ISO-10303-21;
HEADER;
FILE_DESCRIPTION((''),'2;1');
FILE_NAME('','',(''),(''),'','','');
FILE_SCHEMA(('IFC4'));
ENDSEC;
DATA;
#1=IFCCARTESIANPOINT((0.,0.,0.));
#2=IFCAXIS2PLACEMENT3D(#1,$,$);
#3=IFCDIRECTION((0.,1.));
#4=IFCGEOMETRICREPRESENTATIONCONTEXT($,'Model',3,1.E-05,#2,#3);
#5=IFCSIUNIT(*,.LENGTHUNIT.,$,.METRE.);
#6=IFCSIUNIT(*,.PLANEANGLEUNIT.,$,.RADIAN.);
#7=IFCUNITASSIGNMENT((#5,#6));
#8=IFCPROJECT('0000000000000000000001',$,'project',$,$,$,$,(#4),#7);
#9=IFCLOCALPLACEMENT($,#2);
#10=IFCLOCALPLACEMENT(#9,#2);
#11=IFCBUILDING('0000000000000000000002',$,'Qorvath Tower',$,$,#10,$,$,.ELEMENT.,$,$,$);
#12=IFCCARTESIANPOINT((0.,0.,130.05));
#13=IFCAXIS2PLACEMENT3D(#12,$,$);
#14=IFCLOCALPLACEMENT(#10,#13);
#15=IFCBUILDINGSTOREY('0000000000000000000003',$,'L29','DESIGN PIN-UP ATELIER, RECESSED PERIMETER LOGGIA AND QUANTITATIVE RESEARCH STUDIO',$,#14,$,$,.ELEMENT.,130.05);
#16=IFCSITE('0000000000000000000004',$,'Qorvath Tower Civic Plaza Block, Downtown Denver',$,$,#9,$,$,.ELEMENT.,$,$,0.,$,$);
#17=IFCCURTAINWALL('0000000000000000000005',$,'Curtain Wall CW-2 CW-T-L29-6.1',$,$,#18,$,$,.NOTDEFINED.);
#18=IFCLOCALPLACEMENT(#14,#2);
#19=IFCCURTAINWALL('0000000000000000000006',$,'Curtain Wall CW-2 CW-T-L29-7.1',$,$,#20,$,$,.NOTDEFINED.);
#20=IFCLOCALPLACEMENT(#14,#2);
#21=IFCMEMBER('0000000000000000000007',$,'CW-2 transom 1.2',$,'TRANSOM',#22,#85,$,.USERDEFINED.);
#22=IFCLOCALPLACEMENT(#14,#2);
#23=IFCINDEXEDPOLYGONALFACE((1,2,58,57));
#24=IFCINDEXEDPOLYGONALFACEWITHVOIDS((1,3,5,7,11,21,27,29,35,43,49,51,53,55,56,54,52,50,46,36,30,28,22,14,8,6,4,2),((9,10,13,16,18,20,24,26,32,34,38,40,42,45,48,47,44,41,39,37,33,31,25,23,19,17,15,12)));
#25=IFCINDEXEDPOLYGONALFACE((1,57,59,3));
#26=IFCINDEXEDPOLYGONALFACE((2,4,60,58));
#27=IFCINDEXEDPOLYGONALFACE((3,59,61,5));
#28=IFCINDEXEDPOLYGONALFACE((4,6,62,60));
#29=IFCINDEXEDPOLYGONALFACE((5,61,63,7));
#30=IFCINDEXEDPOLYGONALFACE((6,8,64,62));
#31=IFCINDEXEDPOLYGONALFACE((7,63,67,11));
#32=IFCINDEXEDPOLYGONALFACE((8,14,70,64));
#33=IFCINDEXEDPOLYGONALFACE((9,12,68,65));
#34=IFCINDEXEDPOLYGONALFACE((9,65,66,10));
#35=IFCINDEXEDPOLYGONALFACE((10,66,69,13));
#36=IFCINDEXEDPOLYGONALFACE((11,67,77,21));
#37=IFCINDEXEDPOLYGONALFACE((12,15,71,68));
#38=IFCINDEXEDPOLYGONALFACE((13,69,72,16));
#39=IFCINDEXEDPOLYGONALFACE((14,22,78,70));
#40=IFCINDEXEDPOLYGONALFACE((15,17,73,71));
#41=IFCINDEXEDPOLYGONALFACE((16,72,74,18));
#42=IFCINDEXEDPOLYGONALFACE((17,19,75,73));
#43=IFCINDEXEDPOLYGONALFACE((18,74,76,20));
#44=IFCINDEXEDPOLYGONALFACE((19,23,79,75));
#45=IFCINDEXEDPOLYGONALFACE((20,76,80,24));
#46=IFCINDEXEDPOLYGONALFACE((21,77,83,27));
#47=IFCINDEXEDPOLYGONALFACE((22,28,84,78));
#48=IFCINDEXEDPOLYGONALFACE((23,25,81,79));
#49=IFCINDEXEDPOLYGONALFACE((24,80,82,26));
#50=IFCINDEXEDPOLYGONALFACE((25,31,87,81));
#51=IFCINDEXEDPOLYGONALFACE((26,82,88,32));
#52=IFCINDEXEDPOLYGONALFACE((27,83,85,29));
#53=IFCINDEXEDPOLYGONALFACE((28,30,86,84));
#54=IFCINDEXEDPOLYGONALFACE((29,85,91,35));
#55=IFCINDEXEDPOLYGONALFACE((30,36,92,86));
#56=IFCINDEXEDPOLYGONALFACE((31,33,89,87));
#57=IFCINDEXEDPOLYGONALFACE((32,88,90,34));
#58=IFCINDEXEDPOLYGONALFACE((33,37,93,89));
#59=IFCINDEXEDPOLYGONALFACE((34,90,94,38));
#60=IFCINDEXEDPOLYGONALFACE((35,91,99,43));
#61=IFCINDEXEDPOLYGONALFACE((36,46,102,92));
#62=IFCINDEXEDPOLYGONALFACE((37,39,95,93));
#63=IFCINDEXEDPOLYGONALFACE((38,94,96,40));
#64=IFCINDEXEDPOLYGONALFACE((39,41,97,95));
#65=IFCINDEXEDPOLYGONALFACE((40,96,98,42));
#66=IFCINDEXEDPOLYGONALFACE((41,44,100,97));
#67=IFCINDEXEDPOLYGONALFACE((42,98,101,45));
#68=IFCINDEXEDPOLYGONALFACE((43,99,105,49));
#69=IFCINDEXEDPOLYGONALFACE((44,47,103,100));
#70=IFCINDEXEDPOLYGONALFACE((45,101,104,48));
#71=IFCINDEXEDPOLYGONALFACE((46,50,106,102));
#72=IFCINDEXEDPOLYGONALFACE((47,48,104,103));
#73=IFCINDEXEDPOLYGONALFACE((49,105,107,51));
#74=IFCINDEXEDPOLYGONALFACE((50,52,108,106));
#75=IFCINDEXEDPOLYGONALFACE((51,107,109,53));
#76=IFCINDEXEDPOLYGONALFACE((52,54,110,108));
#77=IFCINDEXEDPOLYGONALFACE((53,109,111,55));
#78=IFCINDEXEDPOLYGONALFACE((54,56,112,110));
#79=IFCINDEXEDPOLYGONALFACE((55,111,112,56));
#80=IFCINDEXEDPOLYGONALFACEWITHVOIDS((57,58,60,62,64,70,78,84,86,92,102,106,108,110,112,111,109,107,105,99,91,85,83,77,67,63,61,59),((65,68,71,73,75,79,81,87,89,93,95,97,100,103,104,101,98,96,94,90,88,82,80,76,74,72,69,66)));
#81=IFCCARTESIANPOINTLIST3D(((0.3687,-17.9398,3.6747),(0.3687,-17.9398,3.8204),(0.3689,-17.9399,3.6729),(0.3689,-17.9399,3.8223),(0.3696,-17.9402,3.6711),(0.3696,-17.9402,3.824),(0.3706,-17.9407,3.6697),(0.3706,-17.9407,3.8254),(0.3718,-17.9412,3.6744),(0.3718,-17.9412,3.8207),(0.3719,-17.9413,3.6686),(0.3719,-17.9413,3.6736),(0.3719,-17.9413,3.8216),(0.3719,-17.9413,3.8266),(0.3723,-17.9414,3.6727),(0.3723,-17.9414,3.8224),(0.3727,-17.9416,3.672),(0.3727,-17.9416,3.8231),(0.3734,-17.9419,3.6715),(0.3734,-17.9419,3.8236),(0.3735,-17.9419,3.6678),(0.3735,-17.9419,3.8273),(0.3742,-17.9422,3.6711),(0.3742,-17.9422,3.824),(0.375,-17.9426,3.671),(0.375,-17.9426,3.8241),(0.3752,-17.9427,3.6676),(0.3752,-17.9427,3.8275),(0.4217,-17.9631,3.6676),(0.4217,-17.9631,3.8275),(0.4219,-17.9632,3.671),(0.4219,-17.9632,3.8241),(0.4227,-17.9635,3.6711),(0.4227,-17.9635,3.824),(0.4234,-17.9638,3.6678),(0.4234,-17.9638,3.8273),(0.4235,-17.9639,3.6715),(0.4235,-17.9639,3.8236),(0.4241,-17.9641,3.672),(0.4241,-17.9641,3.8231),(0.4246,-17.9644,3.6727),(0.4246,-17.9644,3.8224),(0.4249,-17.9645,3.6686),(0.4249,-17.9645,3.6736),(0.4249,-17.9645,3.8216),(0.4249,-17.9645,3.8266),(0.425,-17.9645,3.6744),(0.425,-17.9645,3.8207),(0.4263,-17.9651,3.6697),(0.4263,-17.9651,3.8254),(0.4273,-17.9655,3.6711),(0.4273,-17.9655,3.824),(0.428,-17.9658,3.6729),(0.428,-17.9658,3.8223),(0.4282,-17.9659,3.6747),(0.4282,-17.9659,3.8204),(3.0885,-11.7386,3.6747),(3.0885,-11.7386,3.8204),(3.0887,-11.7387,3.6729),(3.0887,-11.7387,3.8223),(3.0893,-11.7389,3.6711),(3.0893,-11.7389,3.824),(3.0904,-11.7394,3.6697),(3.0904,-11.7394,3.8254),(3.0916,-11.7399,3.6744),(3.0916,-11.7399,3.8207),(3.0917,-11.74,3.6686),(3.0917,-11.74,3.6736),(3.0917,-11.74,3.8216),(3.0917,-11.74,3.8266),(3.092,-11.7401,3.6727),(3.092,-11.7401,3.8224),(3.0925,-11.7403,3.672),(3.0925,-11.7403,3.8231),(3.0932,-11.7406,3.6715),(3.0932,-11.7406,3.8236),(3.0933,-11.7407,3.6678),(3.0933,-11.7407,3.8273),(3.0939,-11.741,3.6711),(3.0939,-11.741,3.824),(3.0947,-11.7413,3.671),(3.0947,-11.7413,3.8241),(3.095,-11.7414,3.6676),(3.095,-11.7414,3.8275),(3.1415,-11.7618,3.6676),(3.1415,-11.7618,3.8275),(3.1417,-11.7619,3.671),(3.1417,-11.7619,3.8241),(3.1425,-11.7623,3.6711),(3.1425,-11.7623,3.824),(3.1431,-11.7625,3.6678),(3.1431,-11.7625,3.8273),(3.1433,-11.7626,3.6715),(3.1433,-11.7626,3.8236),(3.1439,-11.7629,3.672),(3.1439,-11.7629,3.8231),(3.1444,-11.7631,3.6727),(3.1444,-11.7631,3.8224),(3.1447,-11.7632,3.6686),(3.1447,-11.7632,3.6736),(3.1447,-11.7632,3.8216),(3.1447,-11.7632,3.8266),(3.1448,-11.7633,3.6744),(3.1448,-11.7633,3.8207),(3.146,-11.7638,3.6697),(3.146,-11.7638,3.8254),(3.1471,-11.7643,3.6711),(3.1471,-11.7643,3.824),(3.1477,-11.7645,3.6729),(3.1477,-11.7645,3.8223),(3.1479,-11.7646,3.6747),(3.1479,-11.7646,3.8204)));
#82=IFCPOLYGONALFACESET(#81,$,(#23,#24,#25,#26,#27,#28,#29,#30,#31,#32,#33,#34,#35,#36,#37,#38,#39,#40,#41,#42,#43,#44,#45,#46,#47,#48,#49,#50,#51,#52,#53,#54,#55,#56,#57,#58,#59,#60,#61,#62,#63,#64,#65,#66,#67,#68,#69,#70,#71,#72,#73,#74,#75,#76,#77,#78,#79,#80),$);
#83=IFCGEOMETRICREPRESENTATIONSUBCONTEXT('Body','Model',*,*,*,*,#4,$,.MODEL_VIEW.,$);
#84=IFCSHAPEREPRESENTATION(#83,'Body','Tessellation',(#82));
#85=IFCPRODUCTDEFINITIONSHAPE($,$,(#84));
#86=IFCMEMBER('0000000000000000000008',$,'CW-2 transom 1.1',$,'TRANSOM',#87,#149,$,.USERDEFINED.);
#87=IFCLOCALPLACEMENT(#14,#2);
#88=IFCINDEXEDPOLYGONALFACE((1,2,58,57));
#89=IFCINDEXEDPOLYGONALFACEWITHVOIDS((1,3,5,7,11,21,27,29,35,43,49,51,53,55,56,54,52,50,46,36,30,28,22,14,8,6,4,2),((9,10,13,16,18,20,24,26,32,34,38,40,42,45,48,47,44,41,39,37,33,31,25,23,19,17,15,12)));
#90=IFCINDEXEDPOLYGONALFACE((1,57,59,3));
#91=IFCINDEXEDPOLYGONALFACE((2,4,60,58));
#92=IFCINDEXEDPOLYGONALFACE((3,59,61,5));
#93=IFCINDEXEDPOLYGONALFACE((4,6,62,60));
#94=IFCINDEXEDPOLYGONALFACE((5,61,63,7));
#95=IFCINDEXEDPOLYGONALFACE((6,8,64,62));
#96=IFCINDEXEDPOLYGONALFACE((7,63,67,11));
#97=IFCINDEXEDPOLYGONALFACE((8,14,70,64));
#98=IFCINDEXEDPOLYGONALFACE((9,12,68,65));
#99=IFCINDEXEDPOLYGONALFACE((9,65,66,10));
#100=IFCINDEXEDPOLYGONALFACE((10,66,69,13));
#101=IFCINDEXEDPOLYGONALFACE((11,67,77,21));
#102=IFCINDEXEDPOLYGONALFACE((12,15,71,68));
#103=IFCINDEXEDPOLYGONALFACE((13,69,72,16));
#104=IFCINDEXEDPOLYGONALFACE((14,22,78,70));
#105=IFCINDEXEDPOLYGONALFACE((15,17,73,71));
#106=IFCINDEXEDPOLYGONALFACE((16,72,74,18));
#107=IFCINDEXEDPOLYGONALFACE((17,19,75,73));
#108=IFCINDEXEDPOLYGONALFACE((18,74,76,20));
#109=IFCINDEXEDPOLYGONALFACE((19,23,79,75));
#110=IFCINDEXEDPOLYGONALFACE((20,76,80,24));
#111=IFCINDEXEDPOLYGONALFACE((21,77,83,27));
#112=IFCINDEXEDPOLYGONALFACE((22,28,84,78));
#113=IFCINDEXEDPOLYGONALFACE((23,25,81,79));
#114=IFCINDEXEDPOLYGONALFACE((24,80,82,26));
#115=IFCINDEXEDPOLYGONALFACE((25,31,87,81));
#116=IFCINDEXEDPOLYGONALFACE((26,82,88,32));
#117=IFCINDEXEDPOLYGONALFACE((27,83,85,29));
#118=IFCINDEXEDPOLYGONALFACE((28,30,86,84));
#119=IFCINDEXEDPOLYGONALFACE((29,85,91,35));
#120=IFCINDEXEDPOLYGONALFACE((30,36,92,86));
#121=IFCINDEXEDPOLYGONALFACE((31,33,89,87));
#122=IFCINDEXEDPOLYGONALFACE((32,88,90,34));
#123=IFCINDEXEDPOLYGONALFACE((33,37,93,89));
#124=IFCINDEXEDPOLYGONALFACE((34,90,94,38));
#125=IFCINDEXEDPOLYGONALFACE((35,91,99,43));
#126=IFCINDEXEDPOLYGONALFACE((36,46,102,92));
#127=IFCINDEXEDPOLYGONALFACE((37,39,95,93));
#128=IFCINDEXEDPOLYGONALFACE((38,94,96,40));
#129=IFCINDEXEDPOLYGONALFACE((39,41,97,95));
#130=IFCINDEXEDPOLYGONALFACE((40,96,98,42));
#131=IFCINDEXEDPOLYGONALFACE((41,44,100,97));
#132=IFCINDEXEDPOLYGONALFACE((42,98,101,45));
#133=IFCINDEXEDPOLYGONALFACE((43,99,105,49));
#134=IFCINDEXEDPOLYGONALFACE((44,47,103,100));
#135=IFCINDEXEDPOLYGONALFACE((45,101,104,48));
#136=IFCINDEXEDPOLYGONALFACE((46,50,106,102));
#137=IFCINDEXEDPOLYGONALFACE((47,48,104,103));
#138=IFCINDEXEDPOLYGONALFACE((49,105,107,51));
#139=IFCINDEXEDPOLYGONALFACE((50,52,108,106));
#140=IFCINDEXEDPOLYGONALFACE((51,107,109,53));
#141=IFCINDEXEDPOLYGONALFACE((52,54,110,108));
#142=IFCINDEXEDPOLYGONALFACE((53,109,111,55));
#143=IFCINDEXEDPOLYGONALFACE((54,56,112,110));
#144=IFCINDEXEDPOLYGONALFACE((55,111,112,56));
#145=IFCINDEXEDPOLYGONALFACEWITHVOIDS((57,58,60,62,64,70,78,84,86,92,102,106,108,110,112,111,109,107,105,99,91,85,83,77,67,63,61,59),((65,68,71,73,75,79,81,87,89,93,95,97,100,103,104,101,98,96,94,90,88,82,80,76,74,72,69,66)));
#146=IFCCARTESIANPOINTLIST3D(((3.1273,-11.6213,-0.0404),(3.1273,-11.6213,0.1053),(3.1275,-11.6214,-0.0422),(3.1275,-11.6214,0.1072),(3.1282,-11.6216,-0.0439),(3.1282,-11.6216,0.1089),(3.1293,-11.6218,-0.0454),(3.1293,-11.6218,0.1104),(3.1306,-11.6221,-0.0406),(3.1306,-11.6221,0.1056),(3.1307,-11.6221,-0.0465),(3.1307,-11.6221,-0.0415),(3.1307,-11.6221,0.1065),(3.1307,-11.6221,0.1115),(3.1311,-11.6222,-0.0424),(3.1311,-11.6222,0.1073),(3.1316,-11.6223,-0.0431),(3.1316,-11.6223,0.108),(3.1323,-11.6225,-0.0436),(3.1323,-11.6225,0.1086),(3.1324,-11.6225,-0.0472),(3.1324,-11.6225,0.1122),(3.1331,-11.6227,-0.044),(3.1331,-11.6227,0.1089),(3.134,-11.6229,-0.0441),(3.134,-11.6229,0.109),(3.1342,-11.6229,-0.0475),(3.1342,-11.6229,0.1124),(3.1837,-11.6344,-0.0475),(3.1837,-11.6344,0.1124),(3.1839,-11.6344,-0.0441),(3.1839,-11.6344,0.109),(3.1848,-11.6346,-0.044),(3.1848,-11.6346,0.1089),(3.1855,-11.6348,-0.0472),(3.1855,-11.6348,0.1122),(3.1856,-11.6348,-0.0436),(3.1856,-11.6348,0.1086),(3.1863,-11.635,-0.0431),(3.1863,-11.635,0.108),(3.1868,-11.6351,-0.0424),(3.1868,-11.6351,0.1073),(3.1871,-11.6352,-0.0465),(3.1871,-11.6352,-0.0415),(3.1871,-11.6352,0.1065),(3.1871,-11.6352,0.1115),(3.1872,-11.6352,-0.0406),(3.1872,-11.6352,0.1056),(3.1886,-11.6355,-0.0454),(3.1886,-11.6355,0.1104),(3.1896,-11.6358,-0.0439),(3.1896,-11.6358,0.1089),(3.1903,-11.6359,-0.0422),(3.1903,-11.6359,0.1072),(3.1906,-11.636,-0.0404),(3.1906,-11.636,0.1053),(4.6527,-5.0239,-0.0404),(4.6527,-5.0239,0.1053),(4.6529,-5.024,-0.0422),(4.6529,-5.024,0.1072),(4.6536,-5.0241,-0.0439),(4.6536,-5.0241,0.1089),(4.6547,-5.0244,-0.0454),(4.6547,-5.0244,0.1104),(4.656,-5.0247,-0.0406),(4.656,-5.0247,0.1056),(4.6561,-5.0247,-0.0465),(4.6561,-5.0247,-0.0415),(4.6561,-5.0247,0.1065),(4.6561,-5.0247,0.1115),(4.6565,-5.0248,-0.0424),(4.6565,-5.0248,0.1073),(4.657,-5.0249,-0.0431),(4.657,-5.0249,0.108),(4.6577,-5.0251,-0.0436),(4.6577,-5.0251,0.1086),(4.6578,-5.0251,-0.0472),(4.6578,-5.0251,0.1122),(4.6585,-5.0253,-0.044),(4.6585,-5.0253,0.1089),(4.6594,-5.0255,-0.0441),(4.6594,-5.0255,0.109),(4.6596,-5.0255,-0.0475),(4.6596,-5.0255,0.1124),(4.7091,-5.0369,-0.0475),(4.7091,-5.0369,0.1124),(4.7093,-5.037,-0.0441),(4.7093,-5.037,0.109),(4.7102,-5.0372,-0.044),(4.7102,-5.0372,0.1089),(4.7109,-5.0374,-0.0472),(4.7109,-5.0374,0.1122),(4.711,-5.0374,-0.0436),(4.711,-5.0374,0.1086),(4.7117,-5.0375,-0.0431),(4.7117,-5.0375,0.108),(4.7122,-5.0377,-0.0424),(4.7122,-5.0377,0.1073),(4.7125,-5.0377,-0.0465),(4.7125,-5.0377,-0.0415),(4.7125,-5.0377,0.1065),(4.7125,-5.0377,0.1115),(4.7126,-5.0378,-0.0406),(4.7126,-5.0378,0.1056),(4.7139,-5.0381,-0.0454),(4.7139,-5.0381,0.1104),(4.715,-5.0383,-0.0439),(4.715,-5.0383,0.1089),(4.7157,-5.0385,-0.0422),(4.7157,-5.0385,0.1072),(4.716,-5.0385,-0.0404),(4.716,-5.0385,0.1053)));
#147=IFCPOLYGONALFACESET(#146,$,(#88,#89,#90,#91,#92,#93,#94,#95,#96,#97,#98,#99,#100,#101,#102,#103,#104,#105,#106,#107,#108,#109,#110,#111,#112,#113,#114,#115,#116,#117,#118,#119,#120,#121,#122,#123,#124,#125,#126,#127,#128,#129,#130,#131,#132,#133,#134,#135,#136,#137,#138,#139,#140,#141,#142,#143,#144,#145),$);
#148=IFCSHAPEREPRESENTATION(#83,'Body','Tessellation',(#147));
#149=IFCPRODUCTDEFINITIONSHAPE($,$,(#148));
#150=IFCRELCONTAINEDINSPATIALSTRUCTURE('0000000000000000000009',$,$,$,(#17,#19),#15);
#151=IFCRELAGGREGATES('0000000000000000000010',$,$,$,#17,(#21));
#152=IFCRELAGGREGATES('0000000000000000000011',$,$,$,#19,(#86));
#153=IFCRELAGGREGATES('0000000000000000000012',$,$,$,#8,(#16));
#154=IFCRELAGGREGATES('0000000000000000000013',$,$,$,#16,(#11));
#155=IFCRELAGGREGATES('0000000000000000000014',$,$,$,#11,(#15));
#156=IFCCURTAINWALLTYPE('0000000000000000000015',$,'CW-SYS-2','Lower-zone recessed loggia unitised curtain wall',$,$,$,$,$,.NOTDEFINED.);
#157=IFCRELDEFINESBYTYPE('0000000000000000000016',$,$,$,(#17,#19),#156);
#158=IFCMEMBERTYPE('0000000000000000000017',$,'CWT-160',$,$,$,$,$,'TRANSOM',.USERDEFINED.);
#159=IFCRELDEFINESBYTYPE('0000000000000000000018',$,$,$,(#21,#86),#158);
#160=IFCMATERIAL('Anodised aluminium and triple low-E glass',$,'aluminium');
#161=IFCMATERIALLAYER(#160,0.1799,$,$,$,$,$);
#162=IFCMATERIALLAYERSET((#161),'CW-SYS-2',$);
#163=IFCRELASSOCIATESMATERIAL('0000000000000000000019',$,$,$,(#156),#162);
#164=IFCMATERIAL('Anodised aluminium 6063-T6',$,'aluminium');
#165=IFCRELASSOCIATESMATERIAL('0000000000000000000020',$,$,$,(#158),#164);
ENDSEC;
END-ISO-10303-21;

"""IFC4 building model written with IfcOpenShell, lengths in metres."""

from ifc_helpers import new_model, si_unit, direction, frame, origin, origin_2d, place, context, subcontext, project, spatial, hollow_rectangle, extrude, material, layer, layer_set, material_profile, profile_set, type_object, element, aggregate, save


model = new_model("IFC4")

# Units and contexts
model_context = context("Model", 3, precision=1e-05, world=origin(), true_north=direction((0.0, 1.0)))
body_context = subcontext(model_context, "Body", "Model", "MODEL_VIEW")
ifc_project = project(units=[si_unit("LENGTHUNIT", "METRE"), si_unit("PLANEANGLEUNIT", "RADIAN")], contexts=[model_context])

# Site, building, storey
site_placement = place(None, origin())
site = spatial("IfcSite", under=ifc_project, at=site_placement, Name="Qorvath Tower Civic Plaza Block, Downtown Denver", CompositionType="ELEMENT", RefElevation=0.0)
building_placement = place(site_placement, origin())
building = spatial("IfcBuilding", under=site, at=building_placement, Name="Qorvath Tower", CompositionType="ELEMENT")
storey_placement = place(building_placement, frame((0.0, 0.0, 130.05)))
storey = spatial("IfcBuildingStorey", under=building, at=storey_placement, Name="L29", Description="DESIGN PIN-UP ATELIER, RECESSED PERIMETER LOGGIA AND QUANTITATIVE RESEARCH STUDIO", CompositionType="ELEMENT", Elevation=130.05)

# Curtain walls
ifc_material_1 = material(Name="Anodised aluminium and triple low-E glass", Category="aluminium")
ifc_layer_1 = layer(ifc_material_1, 0.1799)
ifc_layer_set_1 = layer_set([ifc_layer_1], Name="CW-SYS-2")
curtain_wall_type = type_object("IfcCurtainWallType", Name="CW-SYS-2", Description="Lower-zone recessed loggia unitised curtain wall", PredefinedType="NOTDEFINED", material=ifc_layer_set_1)
curtain_wall_1_placement = place(storey_placement, origin())
curtain_wall_1 = element("IfcCurtainWall", 1, at=curtain_wall_1_placement, inside=storey, type_object=curtain_wall_type, Name="Curtain Wall CW-2 CW-T-L29-6.1", PredefinedType="NOTDEFINED")
curtain_wall_2_placement = place(storey_placement, origin())
curtain_wall_2 = element("IfcCurtainWall", 2, at=curtain_wall_2_placement, inside=storey, type_object=curtain_wall_type, Name="Curtain Wall CW-2 CW-T-L29-7.1", PredefinedType="NOTDEFINED")

# Members
ifc_material_2 = material(Name="Anodised aluminium 6063-T6", Category="aluminium")
ifc_material_profile_1 = material_profile(ifc_material_2, hollow_rectangle(XDim=0.0649, YDim=0.1599, WallThickness=0.0034, InnerFilletRadius=0.0034, OuterFilletRadius=0.0071, at=origin_2d()), Name="CWT 160x65")
ifc_profile_set_1 = profile_set([ifc_material_profile_1], Name="Anodised aluminium 6063-T6")
member_type_1 = type_object("IfcMemberType", Name="CWT-160", ElementType="TRANSOM", PredefinedType="USERDEFINED", material=ifc_profile_set_1)
member_1_placement = place(storey_placement, frame((0.3984, -17.9529, 3.7476), z_axis=(0.401651, 0.915793, 0.0), x_axis=(-0.915793, 0.401651, 0.0)))
member_1 = element("IfcMember", 3, at=member_1_placement, type_object=member_type_1, Name="CW-2 transom 1.2", ObjectType="TRANSOM", PredefinedType="USERDEFINED", context=body_context, shape_type="SweptSolid", body=[
    extrude(hollow_rectangle(XDim=0.0649, YDim=0.1599, WallThickness=0.0034, InnerFilletRadius=0.0034, OuterFilletRadius=0.0071, at=origin_2d()), origin(), (0.0, 0.0, 1.0), 6.7715),
])
member_2_placement = place(storey_placement, frame((3.1589, -11.6287, 0.0325), z_axis=(0.225268, 0.974297, 0.0), x_axis=(-0.974297, 0.225268, 0.0)))
member_2 = element("IfcMember", 4, at=member_2_placement, type_object=member_type_1, Name="CW-2 transom 1.1", ObjectType="TRANSOM", PredefinedType="USERDEFINED", context=body_context, shape_type="SweptSolid", body=[
    extrude(hollow_rectangle(XDim=0.0649, YDim=0.1599, WallThickness=0.0034, InnerFilletRadius=0.0034, OuterFilletRadius=0.0071, at=origin_2d()), origin(), (0.0, 0.0, 1.0), 6.7715),
])

aggregate(curtain_wall_1, [member_1])
aggregate(curtain_wall_2, [member_2])

save(model, "model.ifc")
